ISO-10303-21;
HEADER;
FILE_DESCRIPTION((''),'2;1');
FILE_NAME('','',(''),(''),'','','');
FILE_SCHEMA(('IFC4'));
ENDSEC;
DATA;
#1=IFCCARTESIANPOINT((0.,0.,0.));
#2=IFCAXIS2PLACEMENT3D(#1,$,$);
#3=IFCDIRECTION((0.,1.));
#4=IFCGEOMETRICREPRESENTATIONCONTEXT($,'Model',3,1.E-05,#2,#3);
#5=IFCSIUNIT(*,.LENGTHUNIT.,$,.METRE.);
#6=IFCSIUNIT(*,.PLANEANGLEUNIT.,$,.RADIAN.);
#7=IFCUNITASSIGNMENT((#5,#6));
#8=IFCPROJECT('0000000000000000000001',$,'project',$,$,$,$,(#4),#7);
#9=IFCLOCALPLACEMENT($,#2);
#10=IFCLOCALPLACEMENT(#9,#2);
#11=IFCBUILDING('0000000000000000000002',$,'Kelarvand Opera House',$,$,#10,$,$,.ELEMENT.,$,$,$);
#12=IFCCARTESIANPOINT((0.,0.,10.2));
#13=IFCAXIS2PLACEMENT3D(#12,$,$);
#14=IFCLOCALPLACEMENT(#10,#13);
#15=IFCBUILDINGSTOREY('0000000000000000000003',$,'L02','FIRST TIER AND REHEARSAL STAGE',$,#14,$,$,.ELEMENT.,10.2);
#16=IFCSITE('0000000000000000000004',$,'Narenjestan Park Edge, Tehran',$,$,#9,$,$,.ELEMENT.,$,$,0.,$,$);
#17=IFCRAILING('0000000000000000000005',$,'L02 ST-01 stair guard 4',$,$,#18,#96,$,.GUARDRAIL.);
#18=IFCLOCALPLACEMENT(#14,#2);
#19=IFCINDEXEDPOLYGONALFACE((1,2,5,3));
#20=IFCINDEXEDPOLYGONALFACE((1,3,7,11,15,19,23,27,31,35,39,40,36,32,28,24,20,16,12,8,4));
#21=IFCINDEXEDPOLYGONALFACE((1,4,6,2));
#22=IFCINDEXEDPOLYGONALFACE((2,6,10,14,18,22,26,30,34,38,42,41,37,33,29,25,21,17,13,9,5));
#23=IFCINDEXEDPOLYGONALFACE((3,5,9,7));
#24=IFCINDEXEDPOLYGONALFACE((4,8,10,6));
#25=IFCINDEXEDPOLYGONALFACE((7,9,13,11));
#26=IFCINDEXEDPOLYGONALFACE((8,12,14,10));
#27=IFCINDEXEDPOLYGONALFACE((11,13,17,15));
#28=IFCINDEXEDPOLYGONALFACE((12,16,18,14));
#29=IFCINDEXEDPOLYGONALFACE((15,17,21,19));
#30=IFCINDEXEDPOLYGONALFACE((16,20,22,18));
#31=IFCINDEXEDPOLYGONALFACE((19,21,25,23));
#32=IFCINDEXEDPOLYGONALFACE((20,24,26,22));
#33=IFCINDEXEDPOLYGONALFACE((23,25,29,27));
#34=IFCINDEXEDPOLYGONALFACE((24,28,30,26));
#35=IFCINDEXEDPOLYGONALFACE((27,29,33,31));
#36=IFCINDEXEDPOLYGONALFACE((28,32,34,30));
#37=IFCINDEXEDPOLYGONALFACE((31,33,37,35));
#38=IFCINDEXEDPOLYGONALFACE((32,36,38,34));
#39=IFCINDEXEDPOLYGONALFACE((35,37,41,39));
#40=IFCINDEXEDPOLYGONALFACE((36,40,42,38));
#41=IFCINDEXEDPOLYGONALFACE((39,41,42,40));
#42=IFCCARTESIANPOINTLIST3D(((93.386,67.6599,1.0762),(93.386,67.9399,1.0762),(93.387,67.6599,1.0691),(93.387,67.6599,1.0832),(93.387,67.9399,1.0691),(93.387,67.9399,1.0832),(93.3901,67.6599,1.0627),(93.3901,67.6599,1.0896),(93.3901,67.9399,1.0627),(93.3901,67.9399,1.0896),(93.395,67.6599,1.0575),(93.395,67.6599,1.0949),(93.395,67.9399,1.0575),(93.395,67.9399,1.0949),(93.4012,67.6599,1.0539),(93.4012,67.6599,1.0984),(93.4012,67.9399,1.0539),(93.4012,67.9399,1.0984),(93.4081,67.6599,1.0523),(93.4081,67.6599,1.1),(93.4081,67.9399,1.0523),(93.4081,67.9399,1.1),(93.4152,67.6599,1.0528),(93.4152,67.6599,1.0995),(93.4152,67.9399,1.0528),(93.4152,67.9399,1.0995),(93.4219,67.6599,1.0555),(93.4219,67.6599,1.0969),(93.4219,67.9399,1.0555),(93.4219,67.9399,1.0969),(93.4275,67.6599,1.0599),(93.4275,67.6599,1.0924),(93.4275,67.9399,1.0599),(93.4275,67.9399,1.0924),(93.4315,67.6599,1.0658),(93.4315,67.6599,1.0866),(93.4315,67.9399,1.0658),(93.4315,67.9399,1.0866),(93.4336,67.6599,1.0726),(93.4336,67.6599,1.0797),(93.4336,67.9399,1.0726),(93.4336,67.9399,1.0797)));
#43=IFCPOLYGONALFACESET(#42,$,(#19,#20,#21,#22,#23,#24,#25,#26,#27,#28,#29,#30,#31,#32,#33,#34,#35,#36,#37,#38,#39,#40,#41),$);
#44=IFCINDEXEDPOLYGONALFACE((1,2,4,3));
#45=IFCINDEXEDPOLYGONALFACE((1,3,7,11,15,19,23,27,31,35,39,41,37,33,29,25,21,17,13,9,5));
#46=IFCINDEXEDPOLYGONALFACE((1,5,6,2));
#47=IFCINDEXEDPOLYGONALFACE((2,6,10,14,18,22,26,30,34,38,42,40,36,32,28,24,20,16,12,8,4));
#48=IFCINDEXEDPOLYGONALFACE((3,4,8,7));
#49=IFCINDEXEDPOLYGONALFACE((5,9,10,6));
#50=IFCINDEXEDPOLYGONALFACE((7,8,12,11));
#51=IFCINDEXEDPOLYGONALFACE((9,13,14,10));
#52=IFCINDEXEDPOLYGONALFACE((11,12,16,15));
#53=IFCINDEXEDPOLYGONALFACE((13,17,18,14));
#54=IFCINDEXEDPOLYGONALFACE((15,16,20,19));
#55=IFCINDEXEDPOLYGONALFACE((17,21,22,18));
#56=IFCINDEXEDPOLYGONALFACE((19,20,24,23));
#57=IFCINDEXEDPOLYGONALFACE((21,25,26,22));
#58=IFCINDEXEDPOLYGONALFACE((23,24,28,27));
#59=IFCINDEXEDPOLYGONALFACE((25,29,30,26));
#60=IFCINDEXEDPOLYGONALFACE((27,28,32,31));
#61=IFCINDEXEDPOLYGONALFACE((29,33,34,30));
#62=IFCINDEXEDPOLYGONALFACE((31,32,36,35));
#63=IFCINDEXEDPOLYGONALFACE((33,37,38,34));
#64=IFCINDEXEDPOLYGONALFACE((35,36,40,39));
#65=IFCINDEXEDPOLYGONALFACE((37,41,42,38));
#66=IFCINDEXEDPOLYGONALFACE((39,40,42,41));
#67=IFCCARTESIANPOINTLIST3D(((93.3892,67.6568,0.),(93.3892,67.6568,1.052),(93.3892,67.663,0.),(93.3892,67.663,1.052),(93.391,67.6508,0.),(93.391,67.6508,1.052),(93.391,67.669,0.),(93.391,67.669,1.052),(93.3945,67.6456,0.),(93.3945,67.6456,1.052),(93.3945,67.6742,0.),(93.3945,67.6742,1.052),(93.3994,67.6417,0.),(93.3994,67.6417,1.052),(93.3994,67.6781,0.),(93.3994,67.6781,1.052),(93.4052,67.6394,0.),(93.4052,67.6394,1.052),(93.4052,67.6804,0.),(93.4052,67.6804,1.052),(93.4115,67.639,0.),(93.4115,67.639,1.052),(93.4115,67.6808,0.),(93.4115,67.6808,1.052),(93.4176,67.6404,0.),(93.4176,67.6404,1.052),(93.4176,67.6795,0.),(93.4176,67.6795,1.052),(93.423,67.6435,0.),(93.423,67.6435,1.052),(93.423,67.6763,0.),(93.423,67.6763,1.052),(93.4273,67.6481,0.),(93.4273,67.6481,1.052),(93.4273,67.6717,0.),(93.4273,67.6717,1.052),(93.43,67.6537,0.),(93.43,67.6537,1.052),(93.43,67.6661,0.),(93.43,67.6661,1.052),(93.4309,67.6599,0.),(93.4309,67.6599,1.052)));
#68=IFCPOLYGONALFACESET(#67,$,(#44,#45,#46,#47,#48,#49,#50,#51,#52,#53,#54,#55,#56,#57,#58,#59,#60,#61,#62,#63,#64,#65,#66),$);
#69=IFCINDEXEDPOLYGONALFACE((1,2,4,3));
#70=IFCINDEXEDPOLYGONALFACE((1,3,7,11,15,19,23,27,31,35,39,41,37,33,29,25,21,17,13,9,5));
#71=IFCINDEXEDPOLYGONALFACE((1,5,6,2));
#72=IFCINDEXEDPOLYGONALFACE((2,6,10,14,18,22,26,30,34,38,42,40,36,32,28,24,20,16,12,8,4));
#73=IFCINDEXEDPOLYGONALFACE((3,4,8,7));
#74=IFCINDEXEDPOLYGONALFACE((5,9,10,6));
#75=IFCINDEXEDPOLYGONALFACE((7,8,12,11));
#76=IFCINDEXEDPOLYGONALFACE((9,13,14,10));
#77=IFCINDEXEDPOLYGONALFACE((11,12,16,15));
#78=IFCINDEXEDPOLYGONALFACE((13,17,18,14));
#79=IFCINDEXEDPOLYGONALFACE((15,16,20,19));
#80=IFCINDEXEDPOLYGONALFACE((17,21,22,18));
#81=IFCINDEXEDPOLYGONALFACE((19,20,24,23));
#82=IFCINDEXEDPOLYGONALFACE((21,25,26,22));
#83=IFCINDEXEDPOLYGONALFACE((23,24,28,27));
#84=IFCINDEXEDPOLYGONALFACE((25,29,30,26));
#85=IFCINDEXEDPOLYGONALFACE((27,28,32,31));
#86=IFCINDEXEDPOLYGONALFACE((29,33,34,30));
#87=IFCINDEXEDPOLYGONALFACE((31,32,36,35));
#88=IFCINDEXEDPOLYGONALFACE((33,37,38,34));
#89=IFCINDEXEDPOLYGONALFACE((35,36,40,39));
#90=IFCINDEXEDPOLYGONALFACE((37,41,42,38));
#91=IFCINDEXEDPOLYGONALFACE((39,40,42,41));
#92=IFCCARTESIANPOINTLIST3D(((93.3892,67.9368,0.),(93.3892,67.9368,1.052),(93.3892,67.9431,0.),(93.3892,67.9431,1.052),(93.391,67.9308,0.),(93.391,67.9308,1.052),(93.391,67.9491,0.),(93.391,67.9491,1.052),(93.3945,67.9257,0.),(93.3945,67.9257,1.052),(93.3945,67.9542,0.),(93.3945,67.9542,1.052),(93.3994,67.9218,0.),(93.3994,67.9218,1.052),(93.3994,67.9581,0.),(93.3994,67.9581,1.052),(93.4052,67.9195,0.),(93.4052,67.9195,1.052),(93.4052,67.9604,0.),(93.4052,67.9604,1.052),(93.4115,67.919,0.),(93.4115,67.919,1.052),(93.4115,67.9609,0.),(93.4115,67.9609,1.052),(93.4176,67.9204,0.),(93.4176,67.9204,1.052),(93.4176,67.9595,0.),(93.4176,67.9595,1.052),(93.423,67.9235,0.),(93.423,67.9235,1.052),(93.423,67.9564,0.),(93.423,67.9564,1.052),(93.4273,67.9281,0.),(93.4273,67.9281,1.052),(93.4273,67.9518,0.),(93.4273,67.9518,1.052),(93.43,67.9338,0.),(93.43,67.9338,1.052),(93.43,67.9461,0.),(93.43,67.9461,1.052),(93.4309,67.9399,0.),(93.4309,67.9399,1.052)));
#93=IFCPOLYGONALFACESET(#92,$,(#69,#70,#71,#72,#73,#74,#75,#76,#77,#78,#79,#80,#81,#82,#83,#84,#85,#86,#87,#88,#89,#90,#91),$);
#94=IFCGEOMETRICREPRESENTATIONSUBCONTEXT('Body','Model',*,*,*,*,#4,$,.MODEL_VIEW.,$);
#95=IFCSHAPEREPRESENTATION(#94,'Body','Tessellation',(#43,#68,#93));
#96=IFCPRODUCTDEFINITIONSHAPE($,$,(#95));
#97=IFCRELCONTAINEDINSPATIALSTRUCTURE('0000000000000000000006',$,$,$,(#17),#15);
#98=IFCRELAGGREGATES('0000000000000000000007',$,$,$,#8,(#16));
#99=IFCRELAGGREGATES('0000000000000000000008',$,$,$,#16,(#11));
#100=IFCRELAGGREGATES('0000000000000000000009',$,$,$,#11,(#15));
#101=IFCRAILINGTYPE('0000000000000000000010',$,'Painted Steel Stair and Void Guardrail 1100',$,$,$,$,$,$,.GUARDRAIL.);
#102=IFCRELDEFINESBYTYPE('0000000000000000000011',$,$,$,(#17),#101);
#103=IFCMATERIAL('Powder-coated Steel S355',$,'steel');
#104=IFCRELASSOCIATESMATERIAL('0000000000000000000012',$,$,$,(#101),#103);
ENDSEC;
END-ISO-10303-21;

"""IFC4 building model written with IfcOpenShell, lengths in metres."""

from ifc_helpers import new_model, si_unit, direction, frame, origin, origin_2d, place, context, subcontext, project, spatial, circle, extrude, material, type_object, element, save


model = new_model("IFC4")

# Units and contexts
model_context = context("Model", 3, precision=1e-05, world=origin(), true_north=direction((0.0, 1.0)))
body_context = subcontext(model_context, "Body", "Model", "MODEL_VIEW")
ifc_project = project(units=[si_unit("LENGTHUNIT", "METRE"), si_unit("PLANEANGLEUNIT", "RADIAN")], contexts=[model_context])

# Site, building, storey
site_placement = place(None, origin())
site = spatial("IfcSite", under=ifc_project, at=site_placement, Name="Narenjestan Park Edge, Tehran", CompositionType="ELEMENT", RefElevation=0.0)
building_placement = place(site_placement, origin())
building = spatial("IfcBuilding", under=site, at=building_placement, Name="Kelarvand Opera House", CompositionType="ELEMENT")
storey_placement = place(building_placement, frame((0.0, 0.0, 10.2)))
storey = spatial("IfcBuildingStorey", under=building, at=storey_placement, Name="L02", Description="FIRST TIER AND REHEARSAL STAGE", CompositionType="ELEMENT", Elevation=10.2)

# Railing
ifc_material_1 = material(Name="Powder-coated Steel S355", Category="steel")
railing_type_1 = type_object("IfcRailingType", Name="Painted Steel Stair and Void Guardrail 1100", PredefinedType="GUARDRAIL", material=ifc_material_1)
railing_1_placement = place(storey_placement, frame((93.4099, 67.6599, 0.0)))
element("IfcRailing", 1, at=railing_1_placement, inside=storey, type_object=railing_type_1, Name="L02 ST-01 stair guard 4", PredefinedType="GUARDRAIL", context=body_context, shape_type="SweptSolid", body=[
    extrude(circle(Radius=0.0239, at=origin_2d()), frame((0.0, 0.0, 1.0762), z_axis=(0.0, 1.0, 0.0), x_axis=(-1.0, 0.0, 0.0)), (0.0, 0.0, 1.0), 0.28),
    extrude(circle(Radius=0.021, at=origin_2d()), origin(), (0.0, 0.0, 1.0), 1.052),
    extrude(circle(Radius=0.021, at=origin_2d()), frame((0.0, 0.28, 0.0)), (0.0, 0.0, 1.0), 1.052),
])

save(model, "model.ifc")
